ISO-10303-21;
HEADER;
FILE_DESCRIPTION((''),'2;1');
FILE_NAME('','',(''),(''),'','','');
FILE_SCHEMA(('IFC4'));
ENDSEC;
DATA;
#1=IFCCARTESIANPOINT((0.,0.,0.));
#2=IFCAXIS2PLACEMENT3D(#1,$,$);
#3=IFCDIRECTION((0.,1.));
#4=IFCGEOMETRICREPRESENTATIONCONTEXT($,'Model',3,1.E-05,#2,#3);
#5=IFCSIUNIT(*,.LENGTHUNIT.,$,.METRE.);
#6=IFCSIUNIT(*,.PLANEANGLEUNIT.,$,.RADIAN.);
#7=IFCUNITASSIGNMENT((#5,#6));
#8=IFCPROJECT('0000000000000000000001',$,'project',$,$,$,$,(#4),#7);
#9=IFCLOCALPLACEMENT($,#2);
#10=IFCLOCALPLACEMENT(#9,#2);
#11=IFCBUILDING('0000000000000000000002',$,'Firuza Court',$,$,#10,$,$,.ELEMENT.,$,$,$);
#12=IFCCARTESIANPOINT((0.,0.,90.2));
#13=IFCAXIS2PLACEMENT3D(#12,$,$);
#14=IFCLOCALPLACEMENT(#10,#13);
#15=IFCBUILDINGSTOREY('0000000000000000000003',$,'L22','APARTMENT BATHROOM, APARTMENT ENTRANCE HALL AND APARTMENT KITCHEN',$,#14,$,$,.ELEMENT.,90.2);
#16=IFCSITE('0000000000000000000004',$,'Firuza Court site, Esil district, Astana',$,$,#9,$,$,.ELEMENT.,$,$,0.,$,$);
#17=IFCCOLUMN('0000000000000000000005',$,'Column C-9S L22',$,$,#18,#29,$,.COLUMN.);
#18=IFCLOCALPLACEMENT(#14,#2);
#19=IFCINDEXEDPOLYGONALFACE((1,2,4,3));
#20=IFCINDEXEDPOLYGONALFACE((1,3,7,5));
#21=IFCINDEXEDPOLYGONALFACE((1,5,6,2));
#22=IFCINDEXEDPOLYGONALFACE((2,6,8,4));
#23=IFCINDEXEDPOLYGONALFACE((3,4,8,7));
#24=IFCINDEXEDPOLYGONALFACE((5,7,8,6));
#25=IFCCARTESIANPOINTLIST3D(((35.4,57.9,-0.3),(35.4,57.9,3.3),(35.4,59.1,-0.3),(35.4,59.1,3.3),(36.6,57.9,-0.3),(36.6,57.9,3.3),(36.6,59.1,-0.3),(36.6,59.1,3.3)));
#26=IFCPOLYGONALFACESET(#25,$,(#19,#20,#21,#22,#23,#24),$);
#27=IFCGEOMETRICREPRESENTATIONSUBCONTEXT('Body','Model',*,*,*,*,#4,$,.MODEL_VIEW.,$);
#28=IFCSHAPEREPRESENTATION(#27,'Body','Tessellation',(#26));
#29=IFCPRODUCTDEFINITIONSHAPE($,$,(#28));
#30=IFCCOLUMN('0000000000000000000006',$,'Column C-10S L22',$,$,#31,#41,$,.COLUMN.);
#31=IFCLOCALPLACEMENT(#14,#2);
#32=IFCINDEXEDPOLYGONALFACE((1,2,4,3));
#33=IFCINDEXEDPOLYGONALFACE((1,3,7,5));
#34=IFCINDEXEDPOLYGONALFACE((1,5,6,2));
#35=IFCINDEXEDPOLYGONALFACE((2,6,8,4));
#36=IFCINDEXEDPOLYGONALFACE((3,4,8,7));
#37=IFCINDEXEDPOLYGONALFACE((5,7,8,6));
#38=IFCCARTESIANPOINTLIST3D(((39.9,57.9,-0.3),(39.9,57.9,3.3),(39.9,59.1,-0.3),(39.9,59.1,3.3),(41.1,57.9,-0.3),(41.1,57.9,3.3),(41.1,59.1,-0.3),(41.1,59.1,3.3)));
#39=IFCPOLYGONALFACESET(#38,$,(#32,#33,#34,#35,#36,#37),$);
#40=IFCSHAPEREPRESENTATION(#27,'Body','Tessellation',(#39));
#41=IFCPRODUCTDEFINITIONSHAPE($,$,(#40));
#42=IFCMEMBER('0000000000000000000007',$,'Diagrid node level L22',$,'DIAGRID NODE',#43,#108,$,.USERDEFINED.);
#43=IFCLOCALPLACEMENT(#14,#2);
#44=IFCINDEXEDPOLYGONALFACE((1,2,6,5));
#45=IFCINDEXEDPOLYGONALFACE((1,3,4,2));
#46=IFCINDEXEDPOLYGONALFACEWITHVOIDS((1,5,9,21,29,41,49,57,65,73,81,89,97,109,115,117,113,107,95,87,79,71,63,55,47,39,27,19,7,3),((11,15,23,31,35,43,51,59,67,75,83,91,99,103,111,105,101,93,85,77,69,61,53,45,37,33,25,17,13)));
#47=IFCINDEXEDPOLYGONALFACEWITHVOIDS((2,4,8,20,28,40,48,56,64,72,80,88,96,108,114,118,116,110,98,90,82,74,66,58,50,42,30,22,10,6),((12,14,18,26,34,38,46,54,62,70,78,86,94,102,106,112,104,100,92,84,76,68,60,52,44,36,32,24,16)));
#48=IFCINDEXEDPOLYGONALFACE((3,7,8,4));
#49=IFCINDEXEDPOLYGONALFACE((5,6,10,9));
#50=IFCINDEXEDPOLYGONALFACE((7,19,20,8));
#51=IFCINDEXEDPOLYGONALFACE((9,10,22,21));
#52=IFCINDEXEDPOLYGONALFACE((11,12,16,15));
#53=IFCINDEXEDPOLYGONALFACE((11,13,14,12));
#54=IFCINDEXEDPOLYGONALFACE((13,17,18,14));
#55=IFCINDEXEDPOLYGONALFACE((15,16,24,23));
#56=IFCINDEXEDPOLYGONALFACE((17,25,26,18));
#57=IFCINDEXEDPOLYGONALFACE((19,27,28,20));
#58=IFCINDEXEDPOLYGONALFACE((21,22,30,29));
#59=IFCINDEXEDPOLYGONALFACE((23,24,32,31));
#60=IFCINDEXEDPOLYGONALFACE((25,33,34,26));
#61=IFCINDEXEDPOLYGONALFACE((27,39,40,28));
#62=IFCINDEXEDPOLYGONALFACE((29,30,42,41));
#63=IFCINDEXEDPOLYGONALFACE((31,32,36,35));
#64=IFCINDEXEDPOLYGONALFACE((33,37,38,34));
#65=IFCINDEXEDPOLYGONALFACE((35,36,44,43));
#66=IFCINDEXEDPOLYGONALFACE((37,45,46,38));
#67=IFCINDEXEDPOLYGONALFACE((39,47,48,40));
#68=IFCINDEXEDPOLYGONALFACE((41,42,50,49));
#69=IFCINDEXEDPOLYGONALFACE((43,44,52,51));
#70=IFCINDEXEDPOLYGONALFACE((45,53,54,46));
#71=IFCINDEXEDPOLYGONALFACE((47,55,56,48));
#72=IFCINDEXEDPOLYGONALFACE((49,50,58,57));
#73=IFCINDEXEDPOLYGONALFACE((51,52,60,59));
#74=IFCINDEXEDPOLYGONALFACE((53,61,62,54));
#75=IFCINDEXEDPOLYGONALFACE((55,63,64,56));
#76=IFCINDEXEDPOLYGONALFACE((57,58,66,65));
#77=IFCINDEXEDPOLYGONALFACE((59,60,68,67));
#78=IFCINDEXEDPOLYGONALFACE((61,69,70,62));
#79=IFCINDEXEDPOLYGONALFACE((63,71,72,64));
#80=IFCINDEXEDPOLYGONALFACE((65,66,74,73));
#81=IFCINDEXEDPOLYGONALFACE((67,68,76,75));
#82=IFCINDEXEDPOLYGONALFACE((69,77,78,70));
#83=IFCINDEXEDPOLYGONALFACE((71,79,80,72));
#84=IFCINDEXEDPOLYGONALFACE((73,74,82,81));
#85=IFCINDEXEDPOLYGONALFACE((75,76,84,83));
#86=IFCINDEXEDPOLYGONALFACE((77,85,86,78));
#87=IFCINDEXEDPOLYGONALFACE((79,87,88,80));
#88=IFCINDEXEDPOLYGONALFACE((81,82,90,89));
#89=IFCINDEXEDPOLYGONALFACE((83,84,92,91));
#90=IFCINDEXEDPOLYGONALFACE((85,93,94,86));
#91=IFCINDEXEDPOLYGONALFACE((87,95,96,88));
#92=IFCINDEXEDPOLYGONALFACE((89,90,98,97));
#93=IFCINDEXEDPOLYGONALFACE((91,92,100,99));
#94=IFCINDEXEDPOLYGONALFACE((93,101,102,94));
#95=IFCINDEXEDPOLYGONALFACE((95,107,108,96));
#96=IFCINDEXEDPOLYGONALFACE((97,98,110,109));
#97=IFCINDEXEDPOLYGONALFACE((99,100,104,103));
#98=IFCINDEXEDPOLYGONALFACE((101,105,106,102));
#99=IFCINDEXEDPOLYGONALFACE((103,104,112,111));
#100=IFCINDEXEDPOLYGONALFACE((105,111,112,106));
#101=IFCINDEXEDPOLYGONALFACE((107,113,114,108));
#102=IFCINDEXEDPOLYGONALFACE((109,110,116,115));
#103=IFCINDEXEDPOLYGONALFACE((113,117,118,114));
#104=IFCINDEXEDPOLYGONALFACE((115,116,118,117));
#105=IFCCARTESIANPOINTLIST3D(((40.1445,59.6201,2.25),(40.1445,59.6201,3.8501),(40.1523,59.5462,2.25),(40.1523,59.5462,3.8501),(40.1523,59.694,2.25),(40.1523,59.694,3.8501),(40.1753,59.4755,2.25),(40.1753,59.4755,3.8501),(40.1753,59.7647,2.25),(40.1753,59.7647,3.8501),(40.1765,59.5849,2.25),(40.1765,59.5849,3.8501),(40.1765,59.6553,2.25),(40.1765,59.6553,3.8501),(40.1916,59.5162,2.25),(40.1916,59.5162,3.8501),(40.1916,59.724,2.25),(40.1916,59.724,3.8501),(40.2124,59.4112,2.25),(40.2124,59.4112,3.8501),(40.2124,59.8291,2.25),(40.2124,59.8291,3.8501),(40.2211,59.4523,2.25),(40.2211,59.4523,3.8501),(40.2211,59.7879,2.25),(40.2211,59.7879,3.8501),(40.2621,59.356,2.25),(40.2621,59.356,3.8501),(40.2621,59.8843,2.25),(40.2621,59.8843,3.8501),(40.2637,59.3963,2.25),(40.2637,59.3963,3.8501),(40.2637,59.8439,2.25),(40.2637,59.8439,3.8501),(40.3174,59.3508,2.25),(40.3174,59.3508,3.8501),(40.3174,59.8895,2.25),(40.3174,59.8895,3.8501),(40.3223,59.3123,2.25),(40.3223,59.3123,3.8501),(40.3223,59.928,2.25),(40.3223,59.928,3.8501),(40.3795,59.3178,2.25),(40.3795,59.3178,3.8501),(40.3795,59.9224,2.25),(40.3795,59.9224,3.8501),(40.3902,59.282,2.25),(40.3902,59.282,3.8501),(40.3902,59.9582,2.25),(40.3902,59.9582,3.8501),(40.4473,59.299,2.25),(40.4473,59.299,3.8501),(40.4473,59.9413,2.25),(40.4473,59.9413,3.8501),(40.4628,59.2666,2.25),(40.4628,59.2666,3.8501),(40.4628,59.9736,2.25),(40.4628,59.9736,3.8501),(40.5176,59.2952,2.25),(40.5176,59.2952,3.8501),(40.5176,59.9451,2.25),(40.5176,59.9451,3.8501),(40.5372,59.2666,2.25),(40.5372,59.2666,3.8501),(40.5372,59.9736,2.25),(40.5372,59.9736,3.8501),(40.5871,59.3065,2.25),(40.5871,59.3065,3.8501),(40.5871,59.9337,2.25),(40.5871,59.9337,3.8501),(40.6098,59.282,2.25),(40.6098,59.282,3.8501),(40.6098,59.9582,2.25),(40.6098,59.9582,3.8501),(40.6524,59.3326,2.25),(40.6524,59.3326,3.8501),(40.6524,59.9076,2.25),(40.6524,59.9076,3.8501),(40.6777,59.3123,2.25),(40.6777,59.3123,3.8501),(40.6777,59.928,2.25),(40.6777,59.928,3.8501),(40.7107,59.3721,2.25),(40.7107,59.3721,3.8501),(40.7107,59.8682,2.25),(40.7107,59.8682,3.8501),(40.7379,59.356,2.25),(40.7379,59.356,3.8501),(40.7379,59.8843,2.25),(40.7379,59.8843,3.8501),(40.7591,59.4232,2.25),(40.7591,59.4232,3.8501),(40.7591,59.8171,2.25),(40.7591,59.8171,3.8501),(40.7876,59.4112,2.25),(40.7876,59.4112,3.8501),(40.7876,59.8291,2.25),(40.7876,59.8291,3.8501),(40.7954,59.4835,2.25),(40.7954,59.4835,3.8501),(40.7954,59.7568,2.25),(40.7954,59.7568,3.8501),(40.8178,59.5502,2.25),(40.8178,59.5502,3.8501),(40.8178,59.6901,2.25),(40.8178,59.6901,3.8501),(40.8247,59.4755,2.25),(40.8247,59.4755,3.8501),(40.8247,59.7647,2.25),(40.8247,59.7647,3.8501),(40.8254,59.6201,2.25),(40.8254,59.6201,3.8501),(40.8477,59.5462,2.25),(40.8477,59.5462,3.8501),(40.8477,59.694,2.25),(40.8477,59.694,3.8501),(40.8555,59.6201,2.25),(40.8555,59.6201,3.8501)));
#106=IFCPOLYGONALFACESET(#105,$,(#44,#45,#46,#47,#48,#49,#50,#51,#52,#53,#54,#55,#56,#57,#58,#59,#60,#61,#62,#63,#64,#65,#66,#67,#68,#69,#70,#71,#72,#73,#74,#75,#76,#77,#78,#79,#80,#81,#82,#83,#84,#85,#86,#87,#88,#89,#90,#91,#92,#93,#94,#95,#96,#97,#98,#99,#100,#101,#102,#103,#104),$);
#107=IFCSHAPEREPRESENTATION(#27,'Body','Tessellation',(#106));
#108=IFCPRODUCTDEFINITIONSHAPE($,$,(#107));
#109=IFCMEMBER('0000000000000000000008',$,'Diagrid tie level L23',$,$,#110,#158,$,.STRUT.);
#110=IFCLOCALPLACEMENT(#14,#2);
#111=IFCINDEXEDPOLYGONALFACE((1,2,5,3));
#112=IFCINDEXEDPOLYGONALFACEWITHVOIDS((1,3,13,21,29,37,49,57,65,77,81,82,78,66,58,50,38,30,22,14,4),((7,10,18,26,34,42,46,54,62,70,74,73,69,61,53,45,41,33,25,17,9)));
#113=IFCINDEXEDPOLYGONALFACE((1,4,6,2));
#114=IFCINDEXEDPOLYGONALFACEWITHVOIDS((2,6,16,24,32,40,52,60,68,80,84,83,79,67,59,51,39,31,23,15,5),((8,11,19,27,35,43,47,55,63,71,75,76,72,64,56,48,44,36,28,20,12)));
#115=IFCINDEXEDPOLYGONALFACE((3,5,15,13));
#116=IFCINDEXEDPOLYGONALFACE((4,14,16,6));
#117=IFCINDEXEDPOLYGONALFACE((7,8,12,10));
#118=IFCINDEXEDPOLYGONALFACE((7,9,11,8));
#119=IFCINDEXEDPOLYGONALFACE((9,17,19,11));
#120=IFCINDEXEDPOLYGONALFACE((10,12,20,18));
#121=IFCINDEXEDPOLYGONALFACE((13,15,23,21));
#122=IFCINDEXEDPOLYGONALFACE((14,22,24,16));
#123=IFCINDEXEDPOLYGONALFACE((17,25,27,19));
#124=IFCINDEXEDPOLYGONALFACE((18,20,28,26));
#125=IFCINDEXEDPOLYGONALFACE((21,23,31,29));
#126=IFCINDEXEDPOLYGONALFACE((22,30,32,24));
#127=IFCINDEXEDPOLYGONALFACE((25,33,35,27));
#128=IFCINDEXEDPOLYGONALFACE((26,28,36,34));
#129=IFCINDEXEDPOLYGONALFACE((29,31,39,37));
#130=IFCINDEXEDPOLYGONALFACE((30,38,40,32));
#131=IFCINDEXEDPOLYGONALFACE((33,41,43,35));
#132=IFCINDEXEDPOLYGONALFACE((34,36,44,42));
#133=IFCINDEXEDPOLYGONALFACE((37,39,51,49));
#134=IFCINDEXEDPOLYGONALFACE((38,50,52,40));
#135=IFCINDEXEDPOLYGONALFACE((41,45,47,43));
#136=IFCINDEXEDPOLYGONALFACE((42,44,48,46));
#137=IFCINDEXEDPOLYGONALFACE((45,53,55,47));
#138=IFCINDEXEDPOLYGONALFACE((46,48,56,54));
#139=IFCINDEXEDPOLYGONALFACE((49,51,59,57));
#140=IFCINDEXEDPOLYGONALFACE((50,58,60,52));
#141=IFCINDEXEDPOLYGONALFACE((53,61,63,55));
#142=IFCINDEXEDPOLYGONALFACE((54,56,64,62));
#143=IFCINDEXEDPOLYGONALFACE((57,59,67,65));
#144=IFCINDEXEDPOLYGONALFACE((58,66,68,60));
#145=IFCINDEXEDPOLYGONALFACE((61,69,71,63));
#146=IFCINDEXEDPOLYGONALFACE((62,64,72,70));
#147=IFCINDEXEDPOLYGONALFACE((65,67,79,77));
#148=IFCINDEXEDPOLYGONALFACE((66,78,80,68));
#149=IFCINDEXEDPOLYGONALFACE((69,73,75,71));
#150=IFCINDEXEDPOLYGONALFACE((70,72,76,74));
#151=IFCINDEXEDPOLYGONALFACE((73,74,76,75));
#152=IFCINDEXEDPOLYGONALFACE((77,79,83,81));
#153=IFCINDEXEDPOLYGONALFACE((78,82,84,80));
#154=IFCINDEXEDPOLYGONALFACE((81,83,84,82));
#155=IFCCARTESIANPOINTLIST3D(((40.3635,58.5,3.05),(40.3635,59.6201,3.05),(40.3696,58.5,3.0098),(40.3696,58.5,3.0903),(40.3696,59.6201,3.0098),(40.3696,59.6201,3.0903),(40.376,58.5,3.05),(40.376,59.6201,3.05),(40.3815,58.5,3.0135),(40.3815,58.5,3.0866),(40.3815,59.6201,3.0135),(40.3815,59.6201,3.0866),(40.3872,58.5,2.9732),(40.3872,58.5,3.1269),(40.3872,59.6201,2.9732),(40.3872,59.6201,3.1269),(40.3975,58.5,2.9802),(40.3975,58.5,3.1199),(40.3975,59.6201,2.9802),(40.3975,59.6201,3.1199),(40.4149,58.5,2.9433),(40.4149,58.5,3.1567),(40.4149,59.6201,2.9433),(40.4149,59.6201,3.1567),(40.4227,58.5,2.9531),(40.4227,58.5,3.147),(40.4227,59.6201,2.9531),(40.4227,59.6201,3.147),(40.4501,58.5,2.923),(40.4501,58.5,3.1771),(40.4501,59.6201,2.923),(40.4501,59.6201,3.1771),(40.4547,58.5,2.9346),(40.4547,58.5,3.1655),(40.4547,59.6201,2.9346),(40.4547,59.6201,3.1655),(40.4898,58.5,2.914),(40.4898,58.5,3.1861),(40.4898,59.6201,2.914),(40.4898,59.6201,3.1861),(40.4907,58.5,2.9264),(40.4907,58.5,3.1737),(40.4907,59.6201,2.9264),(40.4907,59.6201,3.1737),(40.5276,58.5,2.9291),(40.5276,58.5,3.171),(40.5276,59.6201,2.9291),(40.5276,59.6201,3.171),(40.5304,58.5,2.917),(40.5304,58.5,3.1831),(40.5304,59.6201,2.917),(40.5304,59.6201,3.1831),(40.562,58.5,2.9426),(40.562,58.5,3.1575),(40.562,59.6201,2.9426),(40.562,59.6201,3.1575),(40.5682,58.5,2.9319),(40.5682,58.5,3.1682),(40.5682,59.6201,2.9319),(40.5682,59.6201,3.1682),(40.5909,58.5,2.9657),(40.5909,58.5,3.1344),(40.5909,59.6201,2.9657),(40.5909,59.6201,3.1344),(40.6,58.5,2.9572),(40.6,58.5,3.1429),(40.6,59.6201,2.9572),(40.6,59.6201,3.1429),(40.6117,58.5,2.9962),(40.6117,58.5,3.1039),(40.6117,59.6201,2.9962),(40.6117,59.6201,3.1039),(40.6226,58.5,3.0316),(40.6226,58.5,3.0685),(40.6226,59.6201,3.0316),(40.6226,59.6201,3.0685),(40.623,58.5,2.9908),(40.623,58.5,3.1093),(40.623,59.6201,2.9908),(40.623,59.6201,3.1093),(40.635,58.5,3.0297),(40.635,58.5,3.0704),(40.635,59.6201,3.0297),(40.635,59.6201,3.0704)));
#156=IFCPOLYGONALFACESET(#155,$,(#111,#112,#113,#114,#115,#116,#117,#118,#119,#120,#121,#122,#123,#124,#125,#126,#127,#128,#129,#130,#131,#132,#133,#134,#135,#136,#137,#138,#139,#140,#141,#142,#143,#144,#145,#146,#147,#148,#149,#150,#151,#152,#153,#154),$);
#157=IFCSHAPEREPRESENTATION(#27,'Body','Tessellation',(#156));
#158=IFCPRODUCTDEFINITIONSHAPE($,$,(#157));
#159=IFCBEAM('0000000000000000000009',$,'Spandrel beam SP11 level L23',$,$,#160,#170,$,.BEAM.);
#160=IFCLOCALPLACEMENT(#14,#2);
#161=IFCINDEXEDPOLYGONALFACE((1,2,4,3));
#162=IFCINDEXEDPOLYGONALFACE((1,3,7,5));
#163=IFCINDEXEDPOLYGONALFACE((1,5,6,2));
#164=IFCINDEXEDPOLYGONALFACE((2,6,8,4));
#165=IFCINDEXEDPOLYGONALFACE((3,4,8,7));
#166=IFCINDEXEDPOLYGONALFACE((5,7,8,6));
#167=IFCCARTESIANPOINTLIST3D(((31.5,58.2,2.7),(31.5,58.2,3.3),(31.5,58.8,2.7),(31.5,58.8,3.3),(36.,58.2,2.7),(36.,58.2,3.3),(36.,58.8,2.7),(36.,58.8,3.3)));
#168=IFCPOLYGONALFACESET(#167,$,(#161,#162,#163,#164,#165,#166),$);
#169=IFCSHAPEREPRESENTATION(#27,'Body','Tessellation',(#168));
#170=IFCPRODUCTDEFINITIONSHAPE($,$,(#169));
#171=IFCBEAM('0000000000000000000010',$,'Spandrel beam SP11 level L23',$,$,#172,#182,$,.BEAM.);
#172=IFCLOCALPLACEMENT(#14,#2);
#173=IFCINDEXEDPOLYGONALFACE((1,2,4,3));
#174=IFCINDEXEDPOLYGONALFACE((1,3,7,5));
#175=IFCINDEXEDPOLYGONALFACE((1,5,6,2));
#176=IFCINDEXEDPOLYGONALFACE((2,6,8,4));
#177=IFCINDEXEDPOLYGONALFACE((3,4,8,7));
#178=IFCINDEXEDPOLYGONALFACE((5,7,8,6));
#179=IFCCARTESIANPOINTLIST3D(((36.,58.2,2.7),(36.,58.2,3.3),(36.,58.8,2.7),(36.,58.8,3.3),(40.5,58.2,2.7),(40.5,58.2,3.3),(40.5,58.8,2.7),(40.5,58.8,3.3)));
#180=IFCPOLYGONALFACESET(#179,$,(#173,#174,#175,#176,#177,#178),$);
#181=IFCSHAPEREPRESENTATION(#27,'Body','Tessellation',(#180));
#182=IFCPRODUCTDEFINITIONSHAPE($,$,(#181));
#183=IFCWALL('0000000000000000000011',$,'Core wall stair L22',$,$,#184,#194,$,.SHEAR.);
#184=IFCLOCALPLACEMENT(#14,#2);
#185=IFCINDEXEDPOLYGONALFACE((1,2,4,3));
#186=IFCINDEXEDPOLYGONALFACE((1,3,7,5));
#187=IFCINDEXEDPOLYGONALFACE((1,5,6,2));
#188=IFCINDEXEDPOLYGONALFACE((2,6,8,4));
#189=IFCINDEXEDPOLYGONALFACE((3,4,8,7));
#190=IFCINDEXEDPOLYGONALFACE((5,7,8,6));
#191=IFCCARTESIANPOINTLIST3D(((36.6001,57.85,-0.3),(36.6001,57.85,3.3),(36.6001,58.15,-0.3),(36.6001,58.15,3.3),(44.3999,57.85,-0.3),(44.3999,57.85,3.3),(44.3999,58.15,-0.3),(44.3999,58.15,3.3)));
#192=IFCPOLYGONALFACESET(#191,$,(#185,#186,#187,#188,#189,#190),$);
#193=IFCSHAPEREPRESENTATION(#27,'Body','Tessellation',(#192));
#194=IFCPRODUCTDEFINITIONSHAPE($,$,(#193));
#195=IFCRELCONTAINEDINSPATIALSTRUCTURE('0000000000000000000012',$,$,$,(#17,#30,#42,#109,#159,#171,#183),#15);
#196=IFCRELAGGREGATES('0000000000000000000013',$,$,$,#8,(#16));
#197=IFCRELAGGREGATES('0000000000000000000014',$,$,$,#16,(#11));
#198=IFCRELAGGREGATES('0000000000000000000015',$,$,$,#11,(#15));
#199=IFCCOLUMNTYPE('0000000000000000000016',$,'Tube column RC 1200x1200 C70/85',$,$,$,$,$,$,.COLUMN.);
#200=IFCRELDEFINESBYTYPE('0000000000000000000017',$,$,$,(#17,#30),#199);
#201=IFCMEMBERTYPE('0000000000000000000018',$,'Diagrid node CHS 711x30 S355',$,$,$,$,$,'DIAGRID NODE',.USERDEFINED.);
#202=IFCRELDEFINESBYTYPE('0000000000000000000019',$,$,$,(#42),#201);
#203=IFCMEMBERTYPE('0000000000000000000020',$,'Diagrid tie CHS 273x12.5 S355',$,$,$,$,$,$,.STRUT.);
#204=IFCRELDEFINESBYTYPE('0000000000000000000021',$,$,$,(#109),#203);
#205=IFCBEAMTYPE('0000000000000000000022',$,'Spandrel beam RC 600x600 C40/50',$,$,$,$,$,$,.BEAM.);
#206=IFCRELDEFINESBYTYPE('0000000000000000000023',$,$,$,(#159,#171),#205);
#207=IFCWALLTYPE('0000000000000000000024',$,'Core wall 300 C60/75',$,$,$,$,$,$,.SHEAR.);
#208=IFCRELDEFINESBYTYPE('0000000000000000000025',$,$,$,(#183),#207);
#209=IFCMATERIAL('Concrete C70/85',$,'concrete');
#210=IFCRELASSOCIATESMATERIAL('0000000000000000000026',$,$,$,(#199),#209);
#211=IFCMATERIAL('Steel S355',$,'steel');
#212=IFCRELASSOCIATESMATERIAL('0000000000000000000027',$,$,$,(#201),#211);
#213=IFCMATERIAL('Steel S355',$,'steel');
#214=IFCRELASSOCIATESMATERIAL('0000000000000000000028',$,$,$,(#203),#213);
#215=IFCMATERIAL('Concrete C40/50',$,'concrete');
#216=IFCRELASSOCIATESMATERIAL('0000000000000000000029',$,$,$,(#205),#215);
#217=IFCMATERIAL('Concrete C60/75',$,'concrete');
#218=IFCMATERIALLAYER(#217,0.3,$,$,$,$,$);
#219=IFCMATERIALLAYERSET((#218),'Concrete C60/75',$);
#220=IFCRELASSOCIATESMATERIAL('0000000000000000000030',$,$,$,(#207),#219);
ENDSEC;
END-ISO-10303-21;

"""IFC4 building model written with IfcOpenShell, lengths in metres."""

from ifc_helpers import new_model, si_unit, direction, frame, frame_2d, origin, origin_2d, place, context, subcontext, project, spatial, rectangle, hollow_circle, extrude, material, layer, layer_set, material_profile, profile_set, type_object, element, save


model = new_model("IFC4")

# Units and contexts
model_context = context("Model", 3, precision=1e-05, world=origin(), true_north=direction((0.0, 1.0)))
body_context = subcontext(model_context, "Body", "Model", "MODEL_VIEW")
ifc_project = project(units=[si_unit("LENGTHUNIT", "METRE"), si_unit("PLANEANGLEUNIT", "RADIAN")], contexts=[model_context])

# Site, building, storey
site_placement = place(None, origin())
site = spatial("IfcSite", under=ifc_project, at=site_placement, Name="Firuza Court site, Esil district, Astana", CompositionType="ELEMENT", RefElevation=0.0)
building_placement = place(site_placement, origin())
building = spatial("IfcBuilding", under=site, at=building_placement, Name="Firuza Court", CompositionType="ELEMENT")
storey_placement = place(building_placement, frame((0.0, 0.0, 90.2)))
storey = spatial("IfcBuildingStorey", under=building, at=storey_placement, Name="L22", Description="APARTMENT BATHROOM, APARTMENT ENTRANCE HALL AND APARTMENT KITCHEN", CompositionType="ELEMENT", Elevation=90.2)

# Columns
ifc_material_1 = material(Name="Concrete C70/85", Category="concrete")
ifc_material_profile_1 = material_profile(ifc_material_1, rectangle(XDim=1.2, YDim=1.2, at=origin_2d()), Name="RC 1200x1200")
ifc_profile_set_1 = profile_set([ifc_material_profile_1], Name="Concrete C70/85")
column_type = type_object("IfcColumnType", Name="Tube column RC 1200x1200 C70/85", PredefinedType="COLUMN", material=ifc_profile_set_1)
for number, where, z_axis, x_axis, name in (
    (1, (36.0, 58.5, -0.3), (0.0, 0.0, 1.0), (1.0, 0.0, 0.0), "Column C-9S L22"),
    (2, (40.5, 58.5, -0.3), (0.0, 0.0, 1.0), (1.0, 0.0, 0.0), "Column C-10S L22"),
):
    element("IfcColumn", number, at=place(storey_placement, frame(where, z_axis=z_axis, x_axis=x_axis)), inside=storey, type_object=column_type, Name=name, PredefinedType="COLUMN", context=body_context, shape_type="SweptSolid", body=[
        extrude(rectangle(XDim=1.2, YDim=1.2, at=origin_2d()), origin(), (0.0, 0.0, 1.0), 3.6001),
    ])

# Members
ifc_material_2 = material(Name="Steel S355", Category="steel")
ifc_material_profile_2 = material_profile(ifc_material_2, hollow_circle(Radius=0.3555, WallThickness=0.03, at=origin_2d()), Name="CHS 711x30")
ifc_profile_set_2 = profile_set([ifc_material_profile_2], Name="Steel S355")
member_type_1 = type_object("IfcMemberType", Name="Diagrid node CHS 711x30 S355", ElementType="DIAGRID NODE", PredefinedType="USERDEFINED", material=ifc_profile_set_2)
member_1_placement = place(storey_placement, frame((40.5, 59.6201, 2.25), z_axis=(0.0, 0.0, 1.0), x_axis=(1.0, 0.0, 0.0)))
element("IfcMember", 3, at=member_1_placement, inside=storey, type_object=member_type_1, Name="Diagrid node level L22", ObjectType="DIAGRID NODE", PredefinedType="USERDEFINED", context=body_context, shape_type="SweptSolid", body=[
    extrude(hollow_circle(Radius=0.3555, WallThickness=0.03, at=origin_2d()), origin(), (0.0, 0.0, 1.0), 1.6001),
])
ifc_material_3 = material(Name="Steel S355", Category="steel")
ifc_material_profile_3 = material_profile(ifc_material_3, hollow_circle(Radius=0.1365, WallThickness=0.0125, at=origin_2d()), Name="CHS 273x12.5")
ifc_profile_set_3 = profile_set([ifc_material_profile_3], Name="Steel S355")
member_type_2 = type_object("IfcMemberType", Name="Diagrid tie CHS 273x12.5 S355", PredefinedType="STRUT", material=ifc_profile_set_3)
member_2_placement = place(storey_placement, frame((40.5, 58.5, 3.05), z_axis=(0.0, 1.0, 0.0), x_axis=(-1.0, 0.0, 0.0)))
element("IfcMember", 4, at=member_2_placement, inside=storey, type_object=member_type_2, Name="Diagrid tie level L23", PredefinedType="STRUT", context=body_context, shape_type="SweptSolid", body=[
    extrude(hollow_circle(Radius=0.1365, WallThickness=0.0125, at=origin_2d()), origin(), (0.0, 0.0, 1.0), 1.1201),
])

# Beams
ifc_material_4 = material(Name="Concrete C40/50", Category="concrete")
ifc_material_profile_4 = material_profile(ifc_material_4, rectangle(XDim=0.6001, YDim=0.6001, at=origin_2d()), Name="RC 600x600")
ifc_profile_set_4 = profile_set([ifc_material_profile_4], Name="Concrete C40/50")
beam_type = type_object("IfcBeamType", Name="Spandrel beam RC 600x600 C40/50", PredefinedType="BEAM", material=ifc_profile_set_4)
for number, where, z_axis, x_axis, name in (
    (5, (36.0, 58.5, 3.0), (-1.0, 0.0, 0.0), (0.0, -1.0, 0.0), "Spandrel beam SP11 level L23"),
    (6, (40.5, 58.5, 3.0), (-1.0, 0.0, 0.0), (0.0, -1.0, 0.0), "Spandrel beam SP11 level L23"),
):
    element("IfcBeam", number, at=place(storey_placement, frame(where, z_axis=z_axis, x_axis=x_axis)), inside=storey, type_object=beam_type, Name=name, PredefinedType="BEAM", context=body_context, shape_type="SweptSolid", body=[
        extrude(rectangle(XDim=0.6001, YDim=0.6001, at=origin_2d()), origin(), (0.0, 0.0, 1.0), 4.5),
    ])

# Wall
ifc_material_5 = material(Name="Concrete C60/75", Category="concrete")
ifc_layer_1 = layer(ifc_material_5, 0.3)
ifc_layer_set_1 = layer_set([ifc_layer_1], Name="Concrete C60/75")
wall_type_1 = type_object("IfcWallType", Name="Core wall 300 C60/75", PredefinedType="SHEAR", material=ifc_layer_set_1)
wall_1_placement = place(storey_placement, frame((36.6001, 58.0, -0.3), z_axis=(0.0, 0.0, 1.0), x_axis=(1.0, 0.0, 0.0)))
element("IfcWall", 7, at=wall_1_placement, inside=storey, type_object=wall_type_1, Name="Core wall stair L22", PredefinedType="SHEAR", context=body_context, shape_type="SweptSolid", body=[
    extrude(rectangle(XDim=7.7998, YDim=0.3, at=frame_2d((3.8999, 0.0))), origin(), (0.0, 0.0, 1.0), 3.6001),
])

save(model, "model.ifc")
